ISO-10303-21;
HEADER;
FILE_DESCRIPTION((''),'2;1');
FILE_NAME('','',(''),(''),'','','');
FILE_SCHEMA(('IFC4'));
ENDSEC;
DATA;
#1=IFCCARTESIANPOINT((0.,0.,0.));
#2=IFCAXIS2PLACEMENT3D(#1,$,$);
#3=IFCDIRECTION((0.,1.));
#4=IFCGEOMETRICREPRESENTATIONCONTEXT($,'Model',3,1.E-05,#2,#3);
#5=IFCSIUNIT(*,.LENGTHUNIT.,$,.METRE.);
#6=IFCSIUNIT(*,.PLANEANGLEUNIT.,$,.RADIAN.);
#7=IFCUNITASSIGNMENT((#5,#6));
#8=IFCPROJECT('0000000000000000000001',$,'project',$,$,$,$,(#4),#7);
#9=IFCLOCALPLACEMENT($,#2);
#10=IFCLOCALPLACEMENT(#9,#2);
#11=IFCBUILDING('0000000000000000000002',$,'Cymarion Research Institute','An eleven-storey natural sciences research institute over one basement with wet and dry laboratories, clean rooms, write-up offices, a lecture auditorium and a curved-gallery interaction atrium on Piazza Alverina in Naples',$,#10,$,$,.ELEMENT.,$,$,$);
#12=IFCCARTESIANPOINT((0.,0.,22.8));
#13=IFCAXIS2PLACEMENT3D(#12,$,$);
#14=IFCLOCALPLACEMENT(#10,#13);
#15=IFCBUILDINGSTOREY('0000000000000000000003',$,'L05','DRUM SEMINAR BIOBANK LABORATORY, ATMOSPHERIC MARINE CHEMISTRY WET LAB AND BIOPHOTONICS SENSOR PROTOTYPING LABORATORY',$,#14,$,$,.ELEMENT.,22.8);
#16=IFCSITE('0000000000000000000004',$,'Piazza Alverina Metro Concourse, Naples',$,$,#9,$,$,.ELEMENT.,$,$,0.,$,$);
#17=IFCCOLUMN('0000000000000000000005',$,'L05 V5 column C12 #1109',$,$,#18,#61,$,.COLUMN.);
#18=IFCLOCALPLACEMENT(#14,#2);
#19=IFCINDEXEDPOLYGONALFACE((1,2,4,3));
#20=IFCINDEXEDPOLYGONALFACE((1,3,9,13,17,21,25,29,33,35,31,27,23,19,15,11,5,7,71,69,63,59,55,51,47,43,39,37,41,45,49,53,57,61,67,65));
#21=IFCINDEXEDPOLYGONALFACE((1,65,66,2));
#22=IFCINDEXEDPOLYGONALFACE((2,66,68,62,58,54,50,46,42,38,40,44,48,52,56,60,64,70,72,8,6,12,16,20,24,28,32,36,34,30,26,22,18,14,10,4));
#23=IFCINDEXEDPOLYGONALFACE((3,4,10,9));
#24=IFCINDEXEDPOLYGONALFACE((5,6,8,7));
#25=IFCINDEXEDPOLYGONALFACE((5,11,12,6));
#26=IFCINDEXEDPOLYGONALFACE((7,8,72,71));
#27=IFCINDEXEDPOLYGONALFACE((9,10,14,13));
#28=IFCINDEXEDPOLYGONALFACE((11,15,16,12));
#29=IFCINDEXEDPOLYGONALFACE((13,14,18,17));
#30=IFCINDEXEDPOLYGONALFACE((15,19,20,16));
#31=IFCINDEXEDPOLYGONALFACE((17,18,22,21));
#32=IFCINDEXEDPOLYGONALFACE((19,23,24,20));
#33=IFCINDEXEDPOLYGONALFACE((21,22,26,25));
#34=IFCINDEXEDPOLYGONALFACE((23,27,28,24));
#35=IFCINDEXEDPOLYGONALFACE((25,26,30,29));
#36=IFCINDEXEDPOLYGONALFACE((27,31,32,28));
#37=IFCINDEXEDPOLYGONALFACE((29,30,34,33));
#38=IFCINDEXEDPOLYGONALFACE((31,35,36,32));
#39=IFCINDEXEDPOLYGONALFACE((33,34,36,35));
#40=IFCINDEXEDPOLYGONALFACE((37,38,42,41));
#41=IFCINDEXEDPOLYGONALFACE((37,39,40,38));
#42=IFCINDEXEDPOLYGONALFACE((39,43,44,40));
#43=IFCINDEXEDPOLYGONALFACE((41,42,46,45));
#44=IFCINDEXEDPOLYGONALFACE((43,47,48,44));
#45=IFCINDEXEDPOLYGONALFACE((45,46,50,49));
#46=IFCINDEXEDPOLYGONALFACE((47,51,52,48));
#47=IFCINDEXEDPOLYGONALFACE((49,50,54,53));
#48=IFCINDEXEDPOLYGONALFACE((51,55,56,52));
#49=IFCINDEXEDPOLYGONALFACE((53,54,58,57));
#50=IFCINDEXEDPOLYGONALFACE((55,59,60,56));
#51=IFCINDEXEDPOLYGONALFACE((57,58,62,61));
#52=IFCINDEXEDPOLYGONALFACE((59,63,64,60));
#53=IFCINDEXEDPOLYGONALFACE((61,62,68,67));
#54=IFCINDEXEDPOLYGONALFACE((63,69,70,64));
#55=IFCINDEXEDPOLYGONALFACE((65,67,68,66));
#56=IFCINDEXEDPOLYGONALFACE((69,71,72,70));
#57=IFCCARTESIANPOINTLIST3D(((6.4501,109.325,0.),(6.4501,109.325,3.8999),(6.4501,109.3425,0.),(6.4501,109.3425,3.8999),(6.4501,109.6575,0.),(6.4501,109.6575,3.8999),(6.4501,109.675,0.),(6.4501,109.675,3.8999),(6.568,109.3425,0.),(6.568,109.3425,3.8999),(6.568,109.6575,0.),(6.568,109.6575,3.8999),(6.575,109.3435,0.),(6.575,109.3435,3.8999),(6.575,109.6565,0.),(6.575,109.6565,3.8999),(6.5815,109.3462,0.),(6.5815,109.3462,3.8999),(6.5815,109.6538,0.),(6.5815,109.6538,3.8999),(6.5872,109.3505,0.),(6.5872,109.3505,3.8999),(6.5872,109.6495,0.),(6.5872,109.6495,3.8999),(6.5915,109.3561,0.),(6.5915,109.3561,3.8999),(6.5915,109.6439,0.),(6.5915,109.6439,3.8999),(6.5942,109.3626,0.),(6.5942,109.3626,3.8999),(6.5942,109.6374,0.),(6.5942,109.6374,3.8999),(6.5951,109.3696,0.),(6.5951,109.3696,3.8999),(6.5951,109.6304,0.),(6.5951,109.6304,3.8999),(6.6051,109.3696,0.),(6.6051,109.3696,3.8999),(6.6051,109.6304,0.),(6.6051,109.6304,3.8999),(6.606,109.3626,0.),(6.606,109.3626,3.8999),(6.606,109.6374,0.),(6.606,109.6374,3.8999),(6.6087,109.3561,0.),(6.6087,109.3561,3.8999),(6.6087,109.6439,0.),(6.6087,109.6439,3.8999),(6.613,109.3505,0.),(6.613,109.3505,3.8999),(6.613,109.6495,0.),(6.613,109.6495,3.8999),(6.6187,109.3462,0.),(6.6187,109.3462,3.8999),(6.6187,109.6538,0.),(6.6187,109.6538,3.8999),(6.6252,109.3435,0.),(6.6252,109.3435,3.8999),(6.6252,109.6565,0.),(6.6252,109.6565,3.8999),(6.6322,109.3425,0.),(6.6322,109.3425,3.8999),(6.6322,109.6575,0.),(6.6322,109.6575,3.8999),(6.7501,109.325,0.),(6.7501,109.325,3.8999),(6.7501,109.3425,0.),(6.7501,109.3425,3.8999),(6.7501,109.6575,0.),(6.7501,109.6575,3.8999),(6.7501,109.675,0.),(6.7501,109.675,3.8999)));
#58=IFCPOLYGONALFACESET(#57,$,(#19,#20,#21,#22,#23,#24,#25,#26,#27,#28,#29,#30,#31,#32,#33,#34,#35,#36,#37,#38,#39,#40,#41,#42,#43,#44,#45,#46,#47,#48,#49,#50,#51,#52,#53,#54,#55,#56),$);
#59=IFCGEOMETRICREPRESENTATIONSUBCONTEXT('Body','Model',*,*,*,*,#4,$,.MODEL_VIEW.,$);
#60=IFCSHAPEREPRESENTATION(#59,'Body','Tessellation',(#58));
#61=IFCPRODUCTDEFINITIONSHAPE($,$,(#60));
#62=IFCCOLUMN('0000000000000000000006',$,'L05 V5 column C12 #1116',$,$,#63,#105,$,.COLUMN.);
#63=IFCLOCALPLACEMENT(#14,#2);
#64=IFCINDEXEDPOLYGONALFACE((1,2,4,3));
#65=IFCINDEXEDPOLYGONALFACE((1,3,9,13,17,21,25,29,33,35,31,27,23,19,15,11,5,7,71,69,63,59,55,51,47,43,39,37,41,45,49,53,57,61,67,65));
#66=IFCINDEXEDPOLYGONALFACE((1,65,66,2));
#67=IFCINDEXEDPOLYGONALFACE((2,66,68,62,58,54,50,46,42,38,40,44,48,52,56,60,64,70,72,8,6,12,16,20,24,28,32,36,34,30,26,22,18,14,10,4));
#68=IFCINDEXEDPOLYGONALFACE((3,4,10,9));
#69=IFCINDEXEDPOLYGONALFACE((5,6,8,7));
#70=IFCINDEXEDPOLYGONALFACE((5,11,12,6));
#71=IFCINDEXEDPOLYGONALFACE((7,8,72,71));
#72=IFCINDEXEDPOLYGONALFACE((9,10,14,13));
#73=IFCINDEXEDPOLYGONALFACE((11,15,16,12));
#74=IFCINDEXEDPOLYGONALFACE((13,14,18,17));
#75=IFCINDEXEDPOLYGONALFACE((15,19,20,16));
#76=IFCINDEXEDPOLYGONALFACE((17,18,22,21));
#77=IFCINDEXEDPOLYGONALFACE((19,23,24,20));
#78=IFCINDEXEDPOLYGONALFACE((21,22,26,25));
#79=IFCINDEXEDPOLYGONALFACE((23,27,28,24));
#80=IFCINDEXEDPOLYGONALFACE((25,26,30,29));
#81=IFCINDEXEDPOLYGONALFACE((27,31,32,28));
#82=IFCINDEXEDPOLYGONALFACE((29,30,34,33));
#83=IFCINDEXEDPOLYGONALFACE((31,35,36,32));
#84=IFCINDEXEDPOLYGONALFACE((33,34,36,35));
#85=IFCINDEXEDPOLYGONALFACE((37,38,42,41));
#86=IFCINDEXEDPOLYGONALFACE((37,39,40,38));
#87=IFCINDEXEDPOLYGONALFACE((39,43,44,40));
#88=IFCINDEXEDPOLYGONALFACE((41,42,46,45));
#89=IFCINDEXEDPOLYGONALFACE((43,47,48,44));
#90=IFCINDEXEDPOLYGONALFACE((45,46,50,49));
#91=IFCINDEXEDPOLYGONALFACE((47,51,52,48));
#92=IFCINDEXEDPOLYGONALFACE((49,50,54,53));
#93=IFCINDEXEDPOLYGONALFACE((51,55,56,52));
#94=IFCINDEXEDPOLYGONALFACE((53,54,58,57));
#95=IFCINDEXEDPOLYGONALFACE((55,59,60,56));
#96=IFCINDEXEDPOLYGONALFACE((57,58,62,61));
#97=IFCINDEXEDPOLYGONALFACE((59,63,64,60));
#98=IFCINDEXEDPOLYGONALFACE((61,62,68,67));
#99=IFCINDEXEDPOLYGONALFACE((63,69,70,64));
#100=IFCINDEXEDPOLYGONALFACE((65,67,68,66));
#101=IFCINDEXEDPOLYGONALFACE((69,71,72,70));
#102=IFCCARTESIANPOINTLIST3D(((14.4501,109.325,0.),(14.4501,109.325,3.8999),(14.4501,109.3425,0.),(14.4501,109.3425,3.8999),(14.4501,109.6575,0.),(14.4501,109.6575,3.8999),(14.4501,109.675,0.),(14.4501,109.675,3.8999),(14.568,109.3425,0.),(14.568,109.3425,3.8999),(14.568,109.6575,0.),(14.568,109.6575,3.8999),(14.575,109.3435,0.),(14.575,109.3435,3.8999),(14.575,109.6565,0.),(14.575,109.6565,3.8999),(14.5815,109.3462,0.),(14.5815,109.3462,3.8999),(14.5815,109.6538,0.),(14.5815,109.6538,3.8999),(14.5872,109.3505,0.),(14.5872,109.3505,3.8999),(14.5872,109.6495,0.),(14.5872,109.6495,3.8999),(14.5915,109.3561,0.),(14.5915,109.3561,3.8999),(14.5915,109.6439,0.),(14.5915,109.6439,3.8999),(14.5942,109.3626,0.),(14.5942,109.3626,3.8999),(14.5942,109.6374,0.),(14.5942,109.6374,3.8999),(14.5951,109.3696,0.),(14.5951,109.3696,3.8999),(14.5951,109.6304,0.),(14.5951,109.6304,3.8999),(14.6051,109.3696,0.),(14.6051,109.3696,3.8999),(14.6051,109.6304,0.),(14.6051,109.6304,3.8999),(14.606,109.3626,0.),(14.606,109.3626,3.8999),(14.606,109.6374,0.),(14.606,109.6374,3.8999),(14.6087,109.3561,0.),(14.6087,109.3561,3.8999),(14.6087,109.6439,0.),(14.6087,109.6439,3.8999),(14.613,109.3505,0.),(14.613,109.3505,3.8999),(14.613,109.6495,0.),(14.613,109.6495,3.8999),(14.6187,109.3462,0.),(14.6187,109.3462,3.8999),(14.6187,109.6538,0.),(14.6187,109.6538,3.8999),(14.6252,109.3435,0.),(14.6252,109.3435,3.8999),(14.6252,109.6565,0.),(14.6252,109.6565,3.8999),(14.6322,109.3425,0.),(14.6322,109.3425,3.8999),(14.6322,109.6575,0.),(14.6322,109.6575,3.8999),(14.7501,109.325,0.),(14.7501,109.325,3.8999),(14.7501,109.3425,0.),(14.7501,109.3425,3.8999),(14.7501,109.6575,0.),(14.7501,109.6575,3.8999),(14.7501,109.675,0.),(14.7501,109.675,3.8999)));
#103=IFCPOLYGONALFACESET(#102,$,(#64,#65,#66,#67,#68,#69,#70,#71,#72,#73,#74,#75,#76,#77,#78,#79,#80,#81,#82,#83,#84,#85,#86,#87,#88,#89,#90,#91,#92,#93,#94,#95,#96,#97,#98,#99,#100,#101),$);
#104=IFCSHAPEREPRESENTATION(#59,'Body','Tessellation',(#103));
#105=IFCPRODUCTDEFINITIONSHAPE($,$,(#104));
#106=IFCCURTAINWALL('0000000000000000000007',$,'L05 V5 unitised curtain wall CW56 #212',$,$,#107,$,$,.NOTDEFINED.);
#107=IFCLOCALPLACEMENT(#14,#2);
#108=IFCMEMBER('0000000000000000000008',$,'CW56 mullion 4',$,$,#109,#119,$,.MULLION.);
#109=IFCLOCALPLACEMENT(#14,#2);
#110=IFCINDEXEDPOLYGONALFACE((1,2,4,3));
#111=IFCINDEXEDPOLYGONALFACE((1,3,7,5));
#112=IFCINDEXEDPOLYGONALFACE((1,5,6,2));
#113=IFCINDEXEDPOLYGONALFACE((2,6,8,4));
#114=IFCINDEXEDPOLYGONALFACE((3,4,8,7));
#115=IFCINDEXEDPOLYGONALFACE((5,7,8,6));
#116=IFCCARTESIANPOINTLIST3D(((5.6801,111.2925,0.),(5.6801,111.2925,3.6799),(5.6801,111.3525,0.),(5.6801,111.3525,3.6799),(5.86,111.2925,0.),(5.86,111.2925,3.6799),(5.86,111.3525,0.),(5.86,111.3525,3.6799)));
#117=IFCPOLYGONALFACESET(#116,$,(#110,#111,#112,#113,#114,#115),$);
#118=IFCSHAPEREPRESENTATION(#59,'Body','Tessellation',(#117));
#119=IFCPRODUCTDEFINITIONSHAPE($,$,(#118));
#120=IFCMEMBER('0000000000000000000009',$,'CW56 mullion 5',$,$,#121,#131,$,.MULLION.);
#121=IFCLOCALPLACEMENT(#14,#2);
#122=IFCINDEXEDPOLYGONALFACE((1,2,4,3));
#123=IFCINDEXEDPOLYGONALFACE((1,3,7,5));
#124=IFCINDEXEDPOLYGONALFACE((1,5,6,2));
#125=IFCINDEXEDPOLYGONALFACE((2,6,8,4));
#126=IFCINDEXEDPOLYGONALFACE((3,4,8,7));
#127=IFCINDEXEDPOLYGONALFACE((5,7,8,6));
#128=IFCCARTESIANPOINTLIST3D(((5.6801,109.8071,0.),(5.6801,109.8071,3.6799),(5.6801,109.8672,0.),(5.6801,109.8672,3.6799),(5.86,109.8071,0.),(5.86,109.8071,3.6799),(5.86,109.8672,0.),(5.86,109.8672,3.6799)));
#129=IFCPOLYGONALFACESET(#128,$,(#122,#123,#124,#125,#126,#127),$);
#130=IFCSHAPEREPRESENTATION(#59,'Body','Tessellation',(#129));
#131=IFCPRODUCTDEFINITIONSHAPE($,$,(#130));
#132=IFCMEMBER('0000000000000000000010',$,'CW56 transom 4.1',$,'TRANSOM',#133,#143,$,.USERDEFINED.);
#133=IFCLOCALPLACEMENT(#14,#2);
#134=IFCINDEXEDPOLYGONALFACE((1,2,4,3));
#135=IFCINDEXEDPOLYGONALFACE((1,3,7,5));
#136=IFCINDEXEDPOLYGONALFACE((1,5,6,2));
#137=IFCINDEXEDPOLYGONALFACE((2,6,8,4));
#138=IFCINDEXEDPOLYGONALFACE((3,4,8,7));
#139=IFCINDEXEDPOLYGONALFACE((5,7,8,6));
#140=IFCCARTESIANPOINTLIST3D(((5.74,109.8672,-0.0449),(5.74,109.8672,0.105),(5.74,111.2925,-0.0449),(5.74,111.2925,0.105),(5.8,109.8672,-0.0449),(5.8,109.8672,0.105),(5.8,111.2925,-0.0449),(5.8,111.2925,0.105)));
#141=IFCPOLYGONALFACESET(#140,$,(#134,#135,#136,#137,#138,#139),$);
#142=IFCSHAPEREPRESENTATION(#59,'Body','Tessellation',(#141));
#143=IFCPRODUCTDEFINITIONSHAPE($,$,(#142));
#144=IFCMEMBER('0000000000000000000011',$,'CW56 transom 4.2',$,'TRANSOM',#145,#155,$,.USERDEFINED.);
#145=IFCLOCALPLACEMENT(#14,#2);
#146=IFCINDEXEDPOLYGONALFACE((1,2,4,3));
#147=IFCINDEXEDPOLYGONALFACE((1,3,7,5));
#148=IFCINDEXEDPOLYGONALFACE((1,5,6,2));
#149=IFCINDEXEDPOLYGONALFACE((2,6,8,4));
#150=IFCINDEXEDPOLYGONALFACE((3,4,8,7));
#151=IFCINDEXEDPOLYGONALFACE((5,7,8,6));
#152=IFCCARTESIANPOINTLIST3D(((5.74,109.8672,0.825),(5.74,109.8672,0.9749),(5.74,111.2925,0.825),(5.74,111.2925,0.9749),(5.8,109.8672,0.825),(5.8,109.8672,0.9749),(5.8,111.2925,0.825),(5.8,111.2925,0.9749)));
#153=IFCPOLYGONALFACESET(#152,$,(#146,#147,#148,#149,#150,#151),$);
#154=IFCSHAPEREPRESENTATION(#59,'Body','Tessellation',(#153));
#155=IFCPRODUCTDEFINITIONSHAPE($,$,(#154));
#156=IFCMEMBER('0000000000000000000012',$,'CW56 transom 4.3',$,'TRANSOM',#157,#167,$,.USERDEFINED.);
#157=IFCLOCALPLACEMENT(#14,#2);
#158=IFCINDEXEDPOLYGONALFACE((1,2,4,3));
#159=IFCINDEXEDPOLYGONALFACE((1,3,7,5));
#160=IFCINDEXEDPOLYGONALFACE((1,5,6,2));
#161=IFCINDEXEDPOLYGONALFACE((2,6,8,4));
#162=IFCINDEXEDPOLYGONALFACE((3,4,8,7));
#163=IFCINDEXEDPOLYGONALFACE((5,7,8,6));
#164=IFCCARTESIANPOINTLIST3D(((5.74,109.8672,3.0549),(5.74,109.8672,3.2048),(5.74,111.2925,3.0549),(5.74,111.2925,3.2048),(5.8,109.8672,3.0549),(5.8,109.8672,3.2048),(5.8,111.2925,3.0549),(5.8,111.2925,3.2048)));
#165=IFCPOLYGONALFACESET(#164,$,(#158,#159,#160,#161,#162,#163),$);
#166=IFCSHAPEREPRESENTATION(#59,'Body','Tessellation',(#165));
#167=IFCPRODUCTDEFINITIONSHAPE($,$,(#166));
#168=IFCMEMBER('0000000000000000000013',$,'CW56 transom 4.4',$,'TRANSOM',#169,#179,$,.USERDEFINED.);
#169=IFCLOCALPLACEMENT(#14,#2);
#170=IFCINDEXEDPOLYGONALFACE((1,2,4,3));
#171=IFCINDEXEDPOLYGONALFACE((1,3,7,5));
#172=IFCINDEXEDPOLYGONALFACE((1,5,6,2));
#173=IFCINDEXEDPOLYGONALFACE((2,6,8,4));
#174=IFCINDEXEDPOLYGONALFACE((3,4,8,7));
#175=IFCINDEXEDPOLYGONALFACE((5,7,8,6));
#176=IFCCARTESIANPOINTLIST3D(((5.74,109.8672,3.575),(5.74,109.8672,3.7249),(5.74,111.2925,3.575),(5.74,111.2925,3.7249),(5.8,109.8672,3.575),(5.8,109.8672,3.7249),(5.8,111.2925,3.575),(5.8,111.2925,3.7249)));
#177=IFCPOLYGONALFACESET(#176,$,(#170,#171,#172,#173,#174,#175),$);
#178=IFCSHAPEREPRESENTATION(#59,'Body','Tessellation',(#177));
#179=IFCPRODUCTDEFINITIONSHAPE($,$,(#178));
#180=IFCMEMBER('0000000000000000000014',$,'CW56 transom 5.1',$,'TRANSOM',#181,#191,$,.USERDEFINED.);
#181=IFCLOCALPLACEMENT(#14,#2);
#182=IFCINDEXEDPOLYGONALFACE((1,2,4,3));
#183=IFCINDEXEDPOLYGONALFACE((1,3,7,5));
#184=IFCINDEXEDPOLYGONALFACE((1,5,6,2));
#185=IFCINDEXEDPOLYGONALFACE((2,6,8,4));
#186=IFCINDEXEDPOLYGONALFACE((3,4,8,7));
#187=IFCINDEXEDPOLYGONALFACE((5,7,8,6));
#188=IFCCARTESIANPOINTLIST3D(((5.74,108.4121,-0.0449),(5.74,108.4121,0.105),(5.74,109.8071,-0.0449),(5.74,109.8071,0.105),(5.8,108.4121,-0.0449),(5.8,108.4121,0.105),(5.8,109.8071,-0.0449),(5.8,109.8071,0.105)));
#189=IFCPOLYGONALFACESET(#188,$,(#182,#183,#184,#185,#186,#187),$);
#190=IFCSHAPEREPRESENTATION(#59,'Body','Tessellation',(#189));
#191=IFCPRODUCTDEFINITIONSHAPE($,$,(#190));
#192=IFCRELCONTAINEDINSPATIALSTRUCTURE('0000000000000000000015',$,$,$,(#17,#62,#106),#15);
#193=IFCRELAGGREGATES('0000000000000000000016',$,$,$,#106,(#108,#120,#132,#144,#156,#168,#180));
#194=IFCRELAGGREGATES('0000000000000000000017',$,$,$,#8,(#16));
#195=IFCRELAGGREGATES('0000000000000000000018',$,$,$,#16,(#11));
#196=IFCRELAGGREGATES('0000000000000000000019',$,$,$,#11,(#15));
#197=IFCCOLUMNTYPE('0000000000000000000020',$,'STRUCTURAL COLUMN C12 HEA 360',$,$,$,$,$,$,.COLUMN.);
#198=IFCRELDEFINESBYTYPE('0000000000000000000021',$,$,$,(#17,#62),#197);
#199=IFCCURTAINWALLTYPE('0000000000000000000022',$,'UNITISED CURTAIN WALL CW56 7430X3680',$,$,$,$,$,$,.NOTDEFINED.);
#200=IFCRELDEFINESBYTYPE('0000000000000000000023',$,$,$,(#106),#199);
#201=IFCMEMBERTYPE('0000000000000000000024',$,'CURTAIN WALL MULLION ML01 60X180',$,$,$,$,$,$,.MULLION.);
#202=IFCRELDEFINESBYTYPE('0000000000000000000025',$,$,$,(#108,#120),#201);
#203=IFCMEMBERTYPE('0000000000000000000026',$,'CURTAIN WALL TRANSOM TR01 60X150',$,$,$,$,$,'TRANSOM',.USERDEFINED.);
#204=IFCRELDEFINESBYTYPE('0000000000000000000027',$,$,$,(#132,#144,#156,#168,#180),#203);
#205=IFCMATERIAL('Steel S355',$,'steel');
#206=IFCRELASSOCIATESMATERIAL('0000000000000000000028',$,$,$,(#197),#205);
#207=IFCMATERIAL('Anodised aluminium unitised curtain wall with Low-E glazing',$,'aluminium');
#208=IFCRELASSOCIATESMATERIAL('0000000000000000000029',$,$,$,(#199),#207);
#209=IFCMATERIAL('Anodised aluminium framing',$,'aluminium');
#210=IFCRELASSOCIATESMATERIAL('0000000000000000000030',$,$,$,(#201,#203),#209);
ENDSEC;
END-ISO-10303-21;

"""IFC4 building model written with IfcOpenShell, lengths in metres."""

from ifc_helpers import new_model, si_unit, direction, frame, origin, origin_2d, place, context, subcontext, project, spatial, rectangle, i_section, extrude, material, material_profile, profile_set, type_object, element, aggregate, save


model = new_model("IFC4")

# Units and contexts
model_context = context("Model", 3, precision=1e-05, world=origin(), true_north=direction((0.0, 1.0)))
body_context = subcontext(model_context, "Body", "Model", "MODEL_VIEW")
ifc_project = project(units=[si_unit("LENGTHUNIT", "METRE"), si_unit("PLANEANGLEUNIT", "RADIAN")], contexts=[model_context])

# Site, building, storey
site_placement = place(None, origin())
site = spatial("IfcSite", under=ifc_project, at=site_placement, Name="Piazza Alverina Metro Concourse, Naples", CompositionType="ELEMENT", RefElevation=0.0)
building_placement = place(site_placement, origin())
building = spatial("IfcBuilding", under=site, at=building_placement, Name="Cymarion Research Institute", Description="An eleven-storey natural sciences research institute over one basement with wet and dry laboratories, clean rooms, write-up offices, a lecture auditorium and a curved-gallery interaction atrium on Piazza Alverina in Naples", CompositionType="ELEMENT")
storey_placement = place(building_placement, frame((0.0, 0.0, 22.8)))
storey = spatial("IfcBuildingStorey", under=building, at=storey_placement, Name="L05", Description="DRUM SEMINAR BIOBANK LABORATORY, ATMOSPHERIC MARINE CHEMISTRY WET LAB AND BIOPHOTONICS SENSOR PROTOTYPING LABORATORY", CompositionType="ELEMENT", Elevation=22.8)

# Columns
ifc_material_1 = material(Name="Steel S355", Category="steel")
ifc_material_profile_1 = material_profile(ifc_material_1, i_section(OverallWidth=0.3, OverallDepth=0.3501, WebThickness=0.01, FlangeThickness=0.0176, FilletRadius=0.0271, at=origin_2d()), Name="HEA 360")
ifc_profile_set_1 = profile_set([ifc_material_profile_1], Name="Steel S355")
column_type = type_object("IfcColumnType", Name="STRUCTURAL COLUMN C12 HEA 360", PredefinedType="COLUMN", material=ifc_profile_set_1)
for number, where, z_axis, x_axis, name in (
    (1, (6.6001, 109.5, 0.0), (0.0, 0.0, 1.0), (1.0, 0.0, 0.0), "L05 V5 column C12 #1109"),
    (2, (14.6001, 109.5, 0.0), (0.0, 0.0, 1.0), (1.0, 0.0, 0.0), "L05 V5 column C12 #1116"),
):
    element("IfcColumn", number, at=place(storey_placement, frame(where, z_axis=z_axis, x_axis=x_axis)), inside=storey, type_object=column_type, Name=name, PredefinedType="COLUMN", context=body_context, shape_type="SweptSolid", body=[
        extrude(i_section(OverallWidth=0.3, OverallDepth=0.3501, WebThickness=0.01, FlangeThickness=0.0176, FilletRadius=0.0271, at=origin_2d()), origin(), (0.0, 0.0, 1.0), 3.8999),
    ])

# Curtain wall, members
ifc_material_2 = material(Name="Anodised aluminium unitised curtain wall with Low-E glazing", Category="aluminium")
curtain_wall_type = type_object("IfcCurtainWallType", Name="UNITISED CURTAIN WALL CW56 7430X3680", PredefinedType="NOTDEFINED", material=ifc_material_2)
curtain_wall_placement = place(storey_placement, origin())
curtain_wall = element("IfcCurtainWall", 3, at=curtain_wall_placement, inside=storey, type_object=curtain_wall_type, Name="L05 V5 unitised curtain wall CW56 #212", PredefinedType="NOTDEFINED")
ifc_material_3 = material(Name="Anodised aluminium framing", Category="aluminium")
ifc_material_profile_2 = material_profile(ifc_material_3, rectangle(XDim=0.0601, YDim=0.1799, at=origin_2d()), Name="ALU MULLION 60x180")
ifc_profile_set_2 = profile_set([ifc_material_profile_2], Name="Anodised aluminium framing")
member_type_1 = type_object("IfcMemberType", Name="CURTAIN WALL MULLION ML01 60X180", PredefinedType="MULLION", material=ifc_profile_set_2)
member_1_placement = place(storey_placement, frame((5.77, 111.3225, 0.0), z_axis=(0.0, 0.0, 1.0), x_axis=(0.0, -1.0, 0.0)))
member_1 = element("IfcMember", 4, at=member_1_placement, type_object=member_type_1, Name="CW56 mullion 4", PredefinedType="MULLION", context=body_context, shape_type="SweptSolid", body=[
    extrude(rectangle(XDim=0.0601, YDim=0.1799, at=origin_2d()), origin(), (0.0, 0.0, 1.0), 3.6799),
])
member_2_placement = place(storey_placement, frame((5.77, 109.8372, 0.0), z_axis=(0.0, 0.0, 1.0), x_axis=(0.0, -1.0, 0.0)))
member_2 = element("IfcMember", 5, at=member_2_placement, type_object=member_type_1, Name="CW56 mullion 5", PredefinedType="MULLION", context=body_context, shape_type="SweptSolid", body=[
    extrude(rectangle(XDim=0.0601, YDim=0.1799, at=origin_2d()), origin(), (0.0, 0.0, 1.0), 3.6799),
])
ifc_material_profile_3 = material_profile(ifc_material_3, rectangle(XDim=0.0601, YDim=0.1499, at=origin_2d()), Name="ALU TRANSOM 60x150")
ifc_profile_set_3 = profile_set([ifc_material_profile_3], Name="Anodised aluminium framing")
member_type_2 = type_object("IfcMemberType", Name="CURTAIN WALL TRANSOM TR01 60X150", ElementType="TRANSOM", PredefinedType="USERDEFINED", material=ifc_profile_set_3)
member_3_placement = place(storey_placement, frame((5.77, 111.2925, 0.03), z_axis=(0.0, -1.0, 0.0), x_axis=(1.0, 0.0, 0.0)))
member_3 = element("IfcMember", 6, at=member_3_placement, type_object=member_type_2, Name="CW56 transom 4.1", ObjectType="TRANSOM", PredefinedType="USERDEFINED", context=body_context, shape_type="SweptSolid", body=[
    extrude(rectangle(XDim=0.0601, YDim=0.1499, at=origin_2d()), origin(), (0.0, 0.0, 1.0), 1.4253),
])
member_4_placement = place(storey_placement, frame((5.77, 111.2925, 0.8999), z_axis=(0.0, -1.0, 0.0), x_axis=(1.0, 0.0, 0.0)))
member_4 = element("IfcMember", 7, at=member_4_placement, type_object=member_type_2, Name="CW56 transom 4.2", ObjectType="TRANSOM", PredefinedType="USERDEFINED", context=body_context, shape_type="SweptSolid", body=[
    extrude(rectangle(XDim=0.0601, YDim=0.1499, at=origin_2d()), origin(), (0.0, 0.0, 1.0), 1.4253),
])
member_5_placement = place(storey_placement, frame((5.77, 111.2925, 3.1299), z_axis=(0.0, -1.0, 0.0), x_axis=(1.0, 0.0, 0.0)))
member_5 = element("IfcMember", 8, at=member_5_placement, type_object=member_type_2, Name="CW56 transom 4.3", ObjectType="TRANSOM", PredefinedType="USERDEFINED", context=body_context, shape_type="SweptSolid", body=[
    extrude(rectangle(XDim=0.0601, YDim=0.1499, at=origin_2d()), origin(), (0.0, 0.0, 1.0), 1.4253),
])
member_6_placement = place(storey_placement, frame((5.77, 111.2925, 3.6499), z_axis=(0.0, -1.0, 0.0), x_axis=(1.0, 0.0, 0.0)))
member_6 = element("IfcMember", 9, at=member_6_placement, type_object=member_type_2, Name="CW56 transom 4.4", ObjectType="TRANSOM", PredefinedType="USERDEFINED", context=body_context, shape_type="SweptSolid", body=[
    extrude(rectangle(XDim=0.0601, YDim=0.1499, at=origin_2d()), origin(), (0.0, 0.0, 1.0), 1.4253),
])
member_7_placement = place(storey_placement, frame((5.77, 109.8071, 0.03), z_axis=(0.0, -1.0, 0.0), x_axis=(1.0, 0.0, 0.0)))
member_7 = element("IfcMember", 10, at=member_7_placement, type_object=member_type_2, Name="CW56 transom 5.1", ObjectType="TRANSOM", PredefinedType="USERDEFINED", context=body_context, shape_type="SweptSolid", body=[
    extrude(rectangle(XDim=0.0601, YDim=0.1499, at=origin_2d()), origin(), (0.0, 0.0, 1.0), 1.395),
])

aggregate(curtain_wall, [member_1, member_2, member_3, member_4, member_5, member_6, member_7])

save(model, "model.ifc")
